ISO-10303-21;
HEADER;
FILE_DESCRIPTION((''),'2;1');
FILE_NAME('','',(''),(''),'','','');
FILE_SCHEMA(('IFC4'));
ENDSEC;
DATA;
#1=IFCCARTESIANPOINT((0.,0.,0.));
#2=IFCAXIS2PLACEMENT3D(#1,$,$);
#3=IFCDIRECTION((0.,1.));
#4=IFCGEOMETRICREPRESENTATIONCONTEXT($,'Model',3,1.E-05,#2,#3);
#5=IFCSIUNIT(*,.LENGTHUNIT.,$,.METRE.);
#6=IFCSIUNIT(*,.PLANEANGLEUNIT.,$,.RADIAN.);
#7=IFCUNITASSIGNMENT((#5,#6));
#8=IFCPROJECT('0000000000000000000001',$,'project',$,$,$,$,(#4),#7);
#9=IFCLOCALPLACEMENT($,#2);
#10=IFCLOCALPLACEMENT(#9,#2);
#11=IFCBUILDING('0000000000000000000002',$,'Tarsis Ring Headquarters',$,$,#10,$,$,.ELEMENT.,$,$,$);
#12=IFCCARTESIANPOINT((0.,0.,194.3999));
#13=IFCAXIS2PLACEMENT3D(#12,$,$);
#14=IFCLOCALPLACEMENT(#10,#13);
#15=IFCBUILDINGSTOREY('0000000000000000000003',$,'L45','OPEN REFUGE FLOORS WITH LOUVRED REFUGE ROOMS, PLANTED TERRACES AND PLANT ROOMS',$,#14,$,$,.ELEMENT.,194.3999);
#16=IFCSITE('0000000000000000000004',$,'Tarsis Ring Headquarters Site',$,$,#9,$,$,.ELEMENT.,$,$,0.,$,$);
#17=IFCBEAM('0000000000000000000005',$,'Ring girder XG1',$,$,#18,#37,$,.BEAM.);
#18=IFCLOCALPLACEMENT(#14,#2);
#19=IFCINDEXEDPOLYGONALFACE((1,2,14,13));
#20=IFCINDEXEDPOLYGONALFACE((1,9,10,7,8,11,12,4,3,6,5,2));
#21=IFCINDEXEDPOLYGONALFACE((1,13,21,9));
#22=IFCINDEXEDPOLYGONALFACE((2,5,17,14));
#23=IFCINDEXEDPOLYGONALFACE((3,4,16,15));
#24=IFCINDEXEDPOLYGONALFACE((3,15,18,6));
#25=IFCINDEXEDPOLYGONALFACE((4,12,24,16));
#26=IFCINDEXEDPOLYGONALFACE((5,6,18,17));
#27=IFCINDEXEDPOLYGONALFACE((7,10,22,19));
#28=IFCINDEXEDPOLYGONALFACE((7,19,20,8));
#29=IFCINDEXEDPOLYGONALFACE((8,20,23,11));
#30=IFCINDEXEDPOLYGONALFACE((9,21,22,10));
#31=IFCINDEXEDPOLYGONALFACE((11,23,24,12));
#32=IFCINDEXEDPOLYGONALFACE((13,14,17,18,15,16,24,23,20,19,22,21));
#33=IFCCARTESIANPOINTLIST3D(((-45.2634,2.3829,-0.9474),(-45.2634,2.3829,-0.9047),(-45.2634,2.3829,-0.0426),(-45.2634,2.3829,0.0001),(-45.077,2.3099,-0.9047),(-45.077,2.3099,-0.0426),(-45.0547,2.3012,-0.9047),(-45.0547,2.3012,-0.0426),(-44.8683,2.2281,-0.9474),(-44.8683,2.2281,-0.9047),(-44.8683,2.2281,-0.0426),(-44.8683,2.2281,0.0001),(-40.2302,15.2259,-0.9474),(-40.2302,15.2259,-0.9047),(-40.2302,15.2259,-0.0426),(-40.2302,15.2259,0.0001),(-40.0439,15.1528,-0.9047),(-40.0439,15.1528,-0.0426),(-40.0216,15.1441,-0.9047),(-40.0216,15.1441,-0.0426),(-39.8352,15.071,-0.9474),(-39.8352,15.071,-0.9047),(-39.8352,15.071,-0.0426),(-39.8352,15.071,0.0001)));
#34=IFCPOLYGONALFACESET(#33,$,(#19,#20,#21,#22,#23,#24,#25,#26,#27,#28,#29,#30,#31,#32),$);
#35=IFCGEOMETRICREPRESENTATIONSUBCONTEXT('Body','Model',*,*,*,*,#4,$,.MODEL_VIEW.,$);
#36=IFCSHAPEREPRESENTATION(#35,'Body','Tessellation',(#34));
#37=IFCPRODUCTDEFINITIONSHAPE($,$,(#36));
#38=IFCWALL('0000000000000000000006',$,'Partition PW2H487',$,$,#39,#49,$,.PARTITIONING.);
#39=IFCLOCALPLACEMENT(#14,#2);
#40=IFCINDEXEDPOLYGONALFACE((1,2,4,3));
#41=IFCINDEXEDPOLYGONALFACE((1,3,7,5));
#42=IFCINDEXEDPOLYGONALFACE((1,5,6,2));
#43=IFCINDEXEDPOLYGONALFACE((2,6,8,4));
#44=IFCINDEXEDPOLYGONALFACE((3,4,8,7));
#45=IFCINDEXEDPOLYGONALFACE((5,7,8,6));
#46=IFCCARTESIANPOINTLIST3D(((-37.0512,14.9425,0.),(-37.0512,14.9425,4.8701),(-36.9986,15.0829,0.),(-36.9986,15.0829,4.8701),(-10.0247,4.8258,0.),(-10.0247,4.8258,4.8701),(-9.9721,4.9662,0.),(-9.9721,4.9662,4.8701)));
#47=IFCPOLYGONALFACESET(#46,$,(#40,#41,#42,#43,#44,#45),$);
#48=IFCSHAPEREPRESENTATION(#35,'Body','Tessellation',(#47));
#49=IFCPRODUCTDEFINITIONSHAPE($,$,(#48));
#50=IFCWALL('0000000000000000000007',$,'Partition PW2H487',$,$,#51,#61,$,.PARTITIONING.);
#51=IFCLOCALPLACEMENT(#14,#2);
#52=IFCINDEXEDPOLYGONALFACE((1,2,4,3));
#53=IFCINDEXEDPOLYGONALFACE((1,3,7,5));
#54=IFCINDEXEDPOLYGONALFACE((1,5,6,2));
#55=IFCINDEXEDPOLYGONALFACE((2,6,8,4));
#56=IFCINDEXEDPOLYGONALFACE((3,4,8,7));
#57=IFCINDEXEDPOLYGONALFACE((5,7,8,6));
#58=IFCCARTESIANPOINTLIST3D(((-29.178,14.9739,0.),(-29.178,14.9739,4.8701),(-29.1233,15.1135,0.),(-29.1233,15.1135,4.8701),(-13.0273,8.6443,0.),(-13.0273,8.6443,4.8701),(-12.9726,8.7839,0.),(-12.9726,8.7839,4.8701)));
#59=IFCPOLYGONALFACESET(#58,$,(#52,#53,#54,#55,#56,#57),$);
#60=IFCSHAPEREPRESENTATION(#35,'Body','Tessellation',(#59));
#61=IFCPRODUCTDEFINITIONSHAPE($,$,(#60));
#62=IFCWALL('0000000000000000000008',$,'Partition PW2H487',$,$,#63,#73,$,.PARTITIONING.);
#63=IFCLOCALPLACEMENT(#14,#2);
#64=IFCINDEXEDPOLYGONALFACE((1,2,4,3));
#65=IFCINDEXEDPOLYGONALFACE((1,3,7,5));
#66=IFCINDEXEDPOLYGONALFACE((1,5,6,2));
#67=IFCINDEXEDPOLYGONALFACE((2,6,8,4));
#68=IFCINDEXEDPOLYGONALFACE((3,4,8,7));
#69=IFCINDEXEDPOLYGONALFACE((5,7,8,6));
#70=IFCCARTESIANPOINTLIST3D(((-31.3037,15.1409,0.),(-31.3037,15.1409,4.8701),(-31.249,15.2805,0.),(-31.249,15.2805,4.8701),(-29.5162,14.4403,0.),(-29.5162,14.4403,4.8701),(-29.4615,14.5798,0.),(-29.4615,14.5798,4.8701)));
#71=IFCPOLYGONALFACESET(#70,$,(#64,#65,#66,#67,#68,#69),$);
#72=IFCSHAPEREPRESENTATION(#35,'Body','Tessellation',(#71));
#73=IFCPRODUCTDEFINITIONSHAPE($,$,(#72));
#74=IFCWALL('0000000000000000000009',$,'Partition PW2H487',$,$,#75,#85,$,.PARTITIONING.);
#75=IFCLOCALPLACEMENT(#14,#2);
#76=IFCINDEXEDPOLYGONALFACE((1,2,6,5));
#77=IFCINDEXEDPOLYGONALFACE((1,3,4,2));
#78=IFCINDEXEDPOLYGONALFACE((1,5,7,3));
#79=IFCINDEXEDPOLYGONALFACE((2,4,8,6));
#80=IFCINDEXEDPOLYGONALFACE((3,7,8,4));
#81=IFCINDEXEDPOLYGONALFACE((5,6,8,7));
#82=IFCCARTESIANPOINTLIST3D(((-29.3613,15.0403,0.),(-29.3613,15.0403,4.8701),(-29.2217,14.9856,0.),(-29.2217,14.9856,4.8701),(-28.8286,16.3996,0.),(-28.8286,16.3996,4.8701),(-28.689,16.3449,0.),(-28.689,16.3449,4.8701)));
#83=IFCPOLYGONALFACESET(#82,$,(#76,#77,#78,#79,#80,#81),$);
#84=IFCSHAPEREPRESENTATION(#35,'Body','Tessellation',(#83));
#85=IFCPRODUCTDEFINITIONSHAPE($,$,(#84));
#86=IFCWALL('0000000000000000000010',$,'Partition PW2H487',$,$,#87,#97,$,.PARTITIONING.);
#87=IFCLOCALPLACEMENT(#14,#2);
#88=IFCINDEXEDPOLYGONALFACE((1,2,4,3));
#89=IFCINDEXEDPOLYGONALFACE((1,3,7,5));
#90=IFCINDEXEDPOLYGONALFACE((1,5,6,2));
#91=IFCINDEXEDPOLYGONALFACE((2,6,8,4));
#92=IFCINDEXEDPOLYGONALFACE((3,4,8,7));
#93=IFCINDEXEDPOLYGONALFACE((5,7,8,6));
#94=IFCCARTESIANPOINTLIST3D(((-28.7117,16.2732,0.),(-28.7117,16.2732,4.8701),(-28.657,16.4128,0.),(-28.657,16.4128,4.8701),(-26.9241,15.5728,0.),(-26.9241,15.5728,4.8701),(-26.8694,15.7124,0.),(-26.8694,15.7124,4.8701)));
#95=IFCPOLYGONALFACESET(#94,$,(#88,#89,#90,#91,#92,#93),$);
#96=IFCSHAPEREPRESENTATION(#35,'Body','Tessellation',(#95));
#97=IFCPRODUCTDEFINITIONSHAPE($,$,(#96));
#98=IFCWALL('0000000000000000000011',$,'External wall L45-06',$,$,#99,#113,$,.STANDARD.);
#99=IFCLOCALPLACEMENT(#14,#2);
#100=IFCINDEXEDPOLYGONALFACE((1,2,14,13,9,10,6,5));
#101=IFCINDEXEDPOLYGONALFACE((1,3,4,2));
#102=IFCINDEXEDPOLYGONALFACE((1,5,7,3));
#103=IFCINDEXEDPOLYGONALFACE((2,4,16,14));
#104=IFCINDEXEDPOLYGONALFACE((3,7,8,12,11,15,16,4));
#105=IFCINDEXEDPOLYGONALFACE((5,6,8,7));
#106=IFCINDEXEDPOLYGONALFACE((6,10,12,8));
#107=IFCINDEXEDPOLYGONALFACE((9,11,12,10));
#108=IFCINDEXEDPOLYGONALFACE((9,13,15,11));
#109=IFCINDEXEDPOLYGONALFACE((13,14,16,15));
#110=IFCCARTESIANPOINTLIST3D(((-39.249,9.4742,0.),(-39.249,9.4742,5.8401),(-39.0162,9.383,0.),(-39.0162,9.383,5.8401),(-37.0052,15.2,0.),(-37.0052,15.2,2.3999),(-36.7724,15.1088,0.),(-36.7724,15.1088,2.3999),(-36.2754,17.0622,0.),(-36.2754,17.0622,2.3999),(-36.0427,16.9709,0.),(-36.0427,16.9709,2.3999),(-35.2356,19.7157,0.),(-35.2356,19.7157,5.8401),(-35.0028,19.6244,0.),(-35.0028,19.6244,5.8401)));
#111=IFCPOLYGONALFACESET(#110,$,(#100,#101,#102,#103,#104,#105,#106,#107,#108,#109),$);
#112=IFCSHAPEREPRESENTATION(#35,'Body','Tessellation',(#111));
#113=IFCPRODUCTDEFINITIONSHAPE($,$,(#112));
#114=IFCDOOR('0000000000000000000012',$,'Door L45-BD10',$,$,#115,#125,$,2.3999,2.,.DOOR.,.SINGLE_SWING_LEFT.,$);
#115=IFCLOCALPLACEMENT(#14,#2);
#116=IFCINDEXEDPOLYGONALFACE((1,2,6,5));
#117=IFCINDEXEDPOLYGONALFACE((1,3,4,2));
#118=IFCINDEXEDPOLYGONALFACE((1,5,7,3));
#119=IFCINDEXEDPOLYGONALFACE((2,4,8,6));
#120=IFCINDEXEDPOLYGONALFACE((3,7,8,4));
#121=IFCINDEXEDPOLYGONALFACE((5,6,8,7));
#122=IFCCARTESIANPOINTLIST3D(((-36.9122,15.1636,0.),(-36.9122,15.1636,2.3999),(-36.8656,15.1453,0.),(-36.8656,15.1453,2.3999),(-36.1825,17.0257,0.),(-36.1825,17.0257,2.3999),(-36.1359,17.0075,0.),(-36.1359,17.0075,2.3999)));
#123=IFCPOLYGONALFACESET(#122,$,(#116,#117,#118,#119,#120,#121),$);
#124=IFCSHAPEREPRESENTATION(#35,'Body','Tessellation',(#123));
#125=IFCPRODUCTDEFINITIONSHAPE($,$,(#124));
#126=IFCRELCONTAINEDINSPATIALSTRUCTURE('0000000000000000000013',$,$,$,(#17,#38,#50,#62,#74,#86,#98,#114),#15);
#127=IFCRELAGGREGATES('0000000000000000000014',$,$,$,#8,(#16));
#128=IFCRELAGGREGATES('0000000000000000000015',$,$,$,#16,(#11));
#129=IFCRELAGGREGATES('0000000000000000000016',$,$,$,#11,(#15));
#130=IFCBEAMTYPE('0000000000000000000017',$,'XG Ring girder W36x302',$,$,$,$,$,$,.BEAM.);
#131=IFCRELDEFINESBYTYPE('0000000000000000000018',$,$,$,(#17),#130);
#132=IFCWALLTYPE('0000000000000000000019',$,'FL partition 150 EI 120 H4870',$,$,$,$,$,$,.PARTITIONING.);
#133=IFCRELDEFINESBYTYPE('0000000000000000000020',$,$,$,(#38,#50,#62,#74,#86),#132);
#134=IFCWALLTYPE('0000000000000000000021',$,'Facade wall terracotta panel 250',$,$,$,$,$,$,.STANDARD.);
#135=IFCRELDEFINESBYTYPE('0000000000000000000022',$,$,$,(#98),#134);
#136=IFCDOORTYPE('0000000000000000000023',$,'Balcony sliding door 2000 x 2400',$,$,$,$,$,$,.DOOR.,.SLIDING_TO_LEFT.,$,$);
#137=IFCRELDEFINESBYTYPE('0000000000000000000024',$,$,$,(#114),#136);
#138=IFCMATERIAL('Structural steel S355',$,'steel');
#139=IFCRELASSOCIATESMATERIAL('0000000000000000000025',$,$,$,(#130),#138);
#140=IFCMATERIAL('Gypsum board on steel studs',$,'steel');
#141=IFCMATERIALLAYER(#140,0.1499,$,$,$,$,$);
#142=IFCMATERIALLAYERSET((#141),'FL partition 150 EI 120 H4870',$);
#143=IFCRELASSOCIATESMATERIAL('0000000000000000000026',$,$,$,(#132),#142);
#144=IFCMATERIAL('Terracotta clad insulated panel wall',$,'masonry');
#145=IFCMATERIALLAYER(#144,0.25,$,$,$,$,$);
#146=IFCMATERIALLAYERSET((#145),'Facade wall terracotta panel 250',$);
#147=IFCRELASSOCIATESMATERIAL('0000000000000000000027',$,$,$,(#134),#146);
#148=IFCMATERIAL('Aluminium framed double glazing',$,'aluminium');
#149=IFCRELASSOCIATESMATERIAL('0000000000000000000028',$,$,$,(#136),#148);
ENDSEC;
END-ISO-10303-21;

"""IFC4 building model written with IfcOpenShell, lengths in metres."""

from ifc_helpers import new_model, si_unit, direction, frame, frame_2d, origin, origin_2d, place, context, subcontext, project, spatial, rectangle, i_section, extrude, material, layer, layer_set, material_profile, profile_set, type_object, element, fill, save


model = new_model("IFC4")

# Units and contexts
model_context = context("Model", 3, precision=1e-05, world=origin(), true_north=direction((0.0, 1.0)))
body_context = subcontext(model_context, "Body", "Model", "MODEL_VIEW")
ifc_project = project(units=[si_unit("LENGTHUNIT", "METRE"), si_unit("PLANEANGLEUNIT", "RADIAN")], contexts=[model_context])

# Site, building, storey
site_placement = place(None, origin())
site = spatial("IfcSite", under=ifc_project, at=site_placement, Name="Tarsis Ring Headquarters Site", CompositionType="ELEMENT", RefElevation=0.0)
building_placement = place(site_placement, origin())
building = spatial("IfcBuilding", under=site, at=building_placement, Name="Tarsis Ring Headquarters", CompositionType="ELEMENT")
storey_placement = place(building_placement, frame((0.0, 0.0, 194.3999)))
storey = spatial("IfcBuildingStorey", under=building, at=storey_placement, Name="L45", Description="OPEN REFUGE FLOORS WITH LOUVRED REFUGE ROOMS, PLANTED TERRACES AND PLANT ROOMS", CompositionType="ELEMENT", Elevation=194.3999)

# Shared definitions
ifc_material_1 = material(Name="Structural steel S355", Category="steel")

# Beam
ifc_material_profile_1 = material_profile(ifc_material_1, i_section(OverallWidth=0.4243, OverallDepth=0.9475, WebThickness=0.0239, FlangeThickness=0.0427, at=origin_2d()), Name="W36x302")
ifc_profile_set_1 = profile_set([ifc_material_profile_1], Name="Structural steel S355")
beam_type_1 = type_object("IfcBeamType", Name="XG Ring girder W36x302", PredefinedType="BEAM", material=ifc_profile_set_1)
beam_1_placement = place(storey_placement, frame((-40.0327, 15.1484, -0.4736), z_axis=(-0.364882, -0.931054, 0.0), x_axis=(0.931054, -0.364882, 0.0)))
element("IfcBeam", 1, at=beam_1_placement, inside=storey, type_object=beam_type_1, Name="Ring girder XG1", PredefinedType="BEAM", context=body_context, shape_type="SweptSolid", body=[
    extrude(i_section(OverallWidth=0.4243, OverallDepth=0.9475, WebThickness=0.0239, FlangeThickness=0.0427, at=origin_2d()), origin(), (0.0, 0.0, 1.0), 13.7939),
])

# Walls
ifc_material_2 = material(Name="Gypsum board on steel studs", Category="steel")
ifc_layer_1 = layer(ifc_material_2, 0.1499)
ifc_layer_set_1 = layer_set([ifc_layer_1], Name="FL partition 150 EI 120 H4870")
wall_type_1 = type_object("IfcWallType", Name="FL partition 150 EI 120 H4870", PredefinedType="PARTITIONING", material=ifc_layer_set_1)
wall_1_placement = place(storey_placement, frame((-37.0249, 15.0127, 0.0), z_axis=(0.0, 0.0, 1.0), x_axis=(0.936537, -0.350568, 0.0)))
element("IfcWall", 2, at=wall_1_placement, inside=storey, type_object=wall_type_1, Name="Partition PW2H487", PredefinedType="PARTITIONING", context=body_context, shape_type="SweptSolid", body=[
    extrude(rectangle(XDim=28.8579, YDim=0.1499, at=frame_2d((14.429, 0.0))), origin(), (0.0, 0.0, 1.0), 4.8701),
])
wall_2_placement = place(storey_placement, frame((-29.1506, 15.0437, 0.0), z_axis=(0.0, 0.0, 1.0), x_axis=(0.931051, -0.364888, 0.0)))
element("IfcWall", 3, at=wall_2_placement, inside=storey, type_object=wall_type_1, Name="Partition PW2H487", PredefinedType="PARTITIONING", context=body_context, shape_type="SweptSolid", body=[
    extrude(rectangle(XDim=17.3467, YDim=0.1499, at=frame_2d((8.6733, 0.0))), origin(), (0.0, 0.0, 1.0), 4.8701),
])
wall_3_placement = place(storey_placement, frame((-31.2764, 15.2107, 0.0), z_axis=(0.0, 0.0, 1.0), x_axis=(0.931033, -0.364936, 0.0)))
element("IfcWall", 4, at=wall_3_placement, inside=storey, type_object=wall_type_1, Name="Partition PW2H487", PredefinedType="PARTITIONING", context=body_context, shape_type="SweptSolid", body=[
    extrude(rectangle(XDim=1.9199, YDim=0.1499, at=frame_2d((0.96, 0.0))), origin(), (0.0, 0.0, 1.0), 4.8701),
])
wall_4_placement = place(storey_placement, frame((-29.2915, 15.0129, 0.0), z_axis=(0.0, 0.0, 1.0), x_axis=(0.364866, 0.93106, 0.0)))
element("IfcWall", 5, at=wall_4_placement, inside=storey, type_object=wall_type_1, Name="Partition PW2H487", PredefinedType="PARTITIONING", context=body_context, shape_type="SweptSolid", body=[
    extrude(rectangle(XDim=1.46, YDim=0.1499, at=frame_2d((0.73, 0.0))), origin(), (0.0, 0.0, 1.0), 4.8701),
])
wall_5_placement = place(storey_placement, frame((-28.6843, 16.343, 0.0), z_axis=(0.0, 0.0, 1.0), x_axis=(0.931076, -0.364826, 0.0)))
element("IfcWall", 6, at=wall_5_placement, inside=storey, type_object=wall_type_1, Name="Partition PW2H487", PredefinedType="PARTITIONING", context=body_context, shape_type="SweptSolid", body=[
    extrude(rectangle(XDim=1.9199, YDim=0.1499, at=frame_2d((0.96, 0.0))), origin(), (0.0, 0.0, 1.0), 4.8701),
])

# Wall, opening, door
ifc_material_3 = material(Name="Terracotta clad insulated panel wall", Category="masonry")
ifc_layer_2 = layer(ifc_material_3, 0.25)
ifc_layer_set_2 = layer_set([ifc_layer_2], Name="Facade wall terracotta panel 250")
wall_type_2 = type_object("IfcWallType", Name="Facade wall terracotta panel 250", PredefinedType="STANDARD", material=ifc_layer_set_2)
wall_6_placement = place(storey_placement, frame((-35.1191, 19.6702, 0.0), z_axis=(0.0, 0.0, 1.0), x_axis=(-0.364865, -0.931061, 0.0)))
wall_6 = element("IfcWall", 7, at=wall_6_placement, inside=storey, type_object=wall_type_2, Name="External wall L45-06", PredefinedType="STANDARD", context=body_context, shape_type="SweptSolid", body=[
    extrude(rectangle(XDim=10.9998, YDim=0.25, at=frame_2d((5.5, 0.0))), origin(), (0.0, 0.0, 1.0), 5.8401),
])
opening_placement = place(wall_6_placement, frame((2.8501, 0.0, 0.0)))
opening = element("IfcOpeningElement", 8, at=opening_placement, cuts=wall_6, PredefinedType="OPENING", context=body_context, shape_type="SweptSolid", body=[
    extrude(rectangle(XDim=2.0, YDim=2.3999, at=frame_2d((1.0, 1.2))), frame((0.0, 0.135, 0.0), z_axis=(0.0, -1.0, 0.0), x_axis=(1.0, 0.0, 0.0)), (0.0, 0.0, 1.0), 0.27),
])
ifc_material_4 = material(Name="Aluminium framed double glazing", Category="aluminium")
door_type = type_object("IfcDoorType", Name="Balcony sliding door 2000 x 2400", OperationType="SLIDING_TO_LEFT", PredefinedType="DOOR", material=ifc_material_4)
door_placement = place(opening_placement, origin())
door = element("IfcDoor", 9, at=door_placement, inside=storey, type_object=door_type, Name="Door L45-BD10", OperationType="SINGLE_SWING_LEFT", OverallHeight=2.3999, OverallWidth=2.0, PredefinedType="DOOR", context=body_context, shape_type="SweptSolid", body=[
    extrude(rectangle(XDim=2.0, YDim=2.3999, at=frame_2d((1.0, 1.2))), frame((0.0, 0.0249, 0.0), z_axis=(0.0, -1.0, 0.0), x_axis=(1.0, 0.0, 0.0)), (0.0, 0.0, 1.0), 0.05),
])
fill(opening, door)

save(model, "model.ifc")
